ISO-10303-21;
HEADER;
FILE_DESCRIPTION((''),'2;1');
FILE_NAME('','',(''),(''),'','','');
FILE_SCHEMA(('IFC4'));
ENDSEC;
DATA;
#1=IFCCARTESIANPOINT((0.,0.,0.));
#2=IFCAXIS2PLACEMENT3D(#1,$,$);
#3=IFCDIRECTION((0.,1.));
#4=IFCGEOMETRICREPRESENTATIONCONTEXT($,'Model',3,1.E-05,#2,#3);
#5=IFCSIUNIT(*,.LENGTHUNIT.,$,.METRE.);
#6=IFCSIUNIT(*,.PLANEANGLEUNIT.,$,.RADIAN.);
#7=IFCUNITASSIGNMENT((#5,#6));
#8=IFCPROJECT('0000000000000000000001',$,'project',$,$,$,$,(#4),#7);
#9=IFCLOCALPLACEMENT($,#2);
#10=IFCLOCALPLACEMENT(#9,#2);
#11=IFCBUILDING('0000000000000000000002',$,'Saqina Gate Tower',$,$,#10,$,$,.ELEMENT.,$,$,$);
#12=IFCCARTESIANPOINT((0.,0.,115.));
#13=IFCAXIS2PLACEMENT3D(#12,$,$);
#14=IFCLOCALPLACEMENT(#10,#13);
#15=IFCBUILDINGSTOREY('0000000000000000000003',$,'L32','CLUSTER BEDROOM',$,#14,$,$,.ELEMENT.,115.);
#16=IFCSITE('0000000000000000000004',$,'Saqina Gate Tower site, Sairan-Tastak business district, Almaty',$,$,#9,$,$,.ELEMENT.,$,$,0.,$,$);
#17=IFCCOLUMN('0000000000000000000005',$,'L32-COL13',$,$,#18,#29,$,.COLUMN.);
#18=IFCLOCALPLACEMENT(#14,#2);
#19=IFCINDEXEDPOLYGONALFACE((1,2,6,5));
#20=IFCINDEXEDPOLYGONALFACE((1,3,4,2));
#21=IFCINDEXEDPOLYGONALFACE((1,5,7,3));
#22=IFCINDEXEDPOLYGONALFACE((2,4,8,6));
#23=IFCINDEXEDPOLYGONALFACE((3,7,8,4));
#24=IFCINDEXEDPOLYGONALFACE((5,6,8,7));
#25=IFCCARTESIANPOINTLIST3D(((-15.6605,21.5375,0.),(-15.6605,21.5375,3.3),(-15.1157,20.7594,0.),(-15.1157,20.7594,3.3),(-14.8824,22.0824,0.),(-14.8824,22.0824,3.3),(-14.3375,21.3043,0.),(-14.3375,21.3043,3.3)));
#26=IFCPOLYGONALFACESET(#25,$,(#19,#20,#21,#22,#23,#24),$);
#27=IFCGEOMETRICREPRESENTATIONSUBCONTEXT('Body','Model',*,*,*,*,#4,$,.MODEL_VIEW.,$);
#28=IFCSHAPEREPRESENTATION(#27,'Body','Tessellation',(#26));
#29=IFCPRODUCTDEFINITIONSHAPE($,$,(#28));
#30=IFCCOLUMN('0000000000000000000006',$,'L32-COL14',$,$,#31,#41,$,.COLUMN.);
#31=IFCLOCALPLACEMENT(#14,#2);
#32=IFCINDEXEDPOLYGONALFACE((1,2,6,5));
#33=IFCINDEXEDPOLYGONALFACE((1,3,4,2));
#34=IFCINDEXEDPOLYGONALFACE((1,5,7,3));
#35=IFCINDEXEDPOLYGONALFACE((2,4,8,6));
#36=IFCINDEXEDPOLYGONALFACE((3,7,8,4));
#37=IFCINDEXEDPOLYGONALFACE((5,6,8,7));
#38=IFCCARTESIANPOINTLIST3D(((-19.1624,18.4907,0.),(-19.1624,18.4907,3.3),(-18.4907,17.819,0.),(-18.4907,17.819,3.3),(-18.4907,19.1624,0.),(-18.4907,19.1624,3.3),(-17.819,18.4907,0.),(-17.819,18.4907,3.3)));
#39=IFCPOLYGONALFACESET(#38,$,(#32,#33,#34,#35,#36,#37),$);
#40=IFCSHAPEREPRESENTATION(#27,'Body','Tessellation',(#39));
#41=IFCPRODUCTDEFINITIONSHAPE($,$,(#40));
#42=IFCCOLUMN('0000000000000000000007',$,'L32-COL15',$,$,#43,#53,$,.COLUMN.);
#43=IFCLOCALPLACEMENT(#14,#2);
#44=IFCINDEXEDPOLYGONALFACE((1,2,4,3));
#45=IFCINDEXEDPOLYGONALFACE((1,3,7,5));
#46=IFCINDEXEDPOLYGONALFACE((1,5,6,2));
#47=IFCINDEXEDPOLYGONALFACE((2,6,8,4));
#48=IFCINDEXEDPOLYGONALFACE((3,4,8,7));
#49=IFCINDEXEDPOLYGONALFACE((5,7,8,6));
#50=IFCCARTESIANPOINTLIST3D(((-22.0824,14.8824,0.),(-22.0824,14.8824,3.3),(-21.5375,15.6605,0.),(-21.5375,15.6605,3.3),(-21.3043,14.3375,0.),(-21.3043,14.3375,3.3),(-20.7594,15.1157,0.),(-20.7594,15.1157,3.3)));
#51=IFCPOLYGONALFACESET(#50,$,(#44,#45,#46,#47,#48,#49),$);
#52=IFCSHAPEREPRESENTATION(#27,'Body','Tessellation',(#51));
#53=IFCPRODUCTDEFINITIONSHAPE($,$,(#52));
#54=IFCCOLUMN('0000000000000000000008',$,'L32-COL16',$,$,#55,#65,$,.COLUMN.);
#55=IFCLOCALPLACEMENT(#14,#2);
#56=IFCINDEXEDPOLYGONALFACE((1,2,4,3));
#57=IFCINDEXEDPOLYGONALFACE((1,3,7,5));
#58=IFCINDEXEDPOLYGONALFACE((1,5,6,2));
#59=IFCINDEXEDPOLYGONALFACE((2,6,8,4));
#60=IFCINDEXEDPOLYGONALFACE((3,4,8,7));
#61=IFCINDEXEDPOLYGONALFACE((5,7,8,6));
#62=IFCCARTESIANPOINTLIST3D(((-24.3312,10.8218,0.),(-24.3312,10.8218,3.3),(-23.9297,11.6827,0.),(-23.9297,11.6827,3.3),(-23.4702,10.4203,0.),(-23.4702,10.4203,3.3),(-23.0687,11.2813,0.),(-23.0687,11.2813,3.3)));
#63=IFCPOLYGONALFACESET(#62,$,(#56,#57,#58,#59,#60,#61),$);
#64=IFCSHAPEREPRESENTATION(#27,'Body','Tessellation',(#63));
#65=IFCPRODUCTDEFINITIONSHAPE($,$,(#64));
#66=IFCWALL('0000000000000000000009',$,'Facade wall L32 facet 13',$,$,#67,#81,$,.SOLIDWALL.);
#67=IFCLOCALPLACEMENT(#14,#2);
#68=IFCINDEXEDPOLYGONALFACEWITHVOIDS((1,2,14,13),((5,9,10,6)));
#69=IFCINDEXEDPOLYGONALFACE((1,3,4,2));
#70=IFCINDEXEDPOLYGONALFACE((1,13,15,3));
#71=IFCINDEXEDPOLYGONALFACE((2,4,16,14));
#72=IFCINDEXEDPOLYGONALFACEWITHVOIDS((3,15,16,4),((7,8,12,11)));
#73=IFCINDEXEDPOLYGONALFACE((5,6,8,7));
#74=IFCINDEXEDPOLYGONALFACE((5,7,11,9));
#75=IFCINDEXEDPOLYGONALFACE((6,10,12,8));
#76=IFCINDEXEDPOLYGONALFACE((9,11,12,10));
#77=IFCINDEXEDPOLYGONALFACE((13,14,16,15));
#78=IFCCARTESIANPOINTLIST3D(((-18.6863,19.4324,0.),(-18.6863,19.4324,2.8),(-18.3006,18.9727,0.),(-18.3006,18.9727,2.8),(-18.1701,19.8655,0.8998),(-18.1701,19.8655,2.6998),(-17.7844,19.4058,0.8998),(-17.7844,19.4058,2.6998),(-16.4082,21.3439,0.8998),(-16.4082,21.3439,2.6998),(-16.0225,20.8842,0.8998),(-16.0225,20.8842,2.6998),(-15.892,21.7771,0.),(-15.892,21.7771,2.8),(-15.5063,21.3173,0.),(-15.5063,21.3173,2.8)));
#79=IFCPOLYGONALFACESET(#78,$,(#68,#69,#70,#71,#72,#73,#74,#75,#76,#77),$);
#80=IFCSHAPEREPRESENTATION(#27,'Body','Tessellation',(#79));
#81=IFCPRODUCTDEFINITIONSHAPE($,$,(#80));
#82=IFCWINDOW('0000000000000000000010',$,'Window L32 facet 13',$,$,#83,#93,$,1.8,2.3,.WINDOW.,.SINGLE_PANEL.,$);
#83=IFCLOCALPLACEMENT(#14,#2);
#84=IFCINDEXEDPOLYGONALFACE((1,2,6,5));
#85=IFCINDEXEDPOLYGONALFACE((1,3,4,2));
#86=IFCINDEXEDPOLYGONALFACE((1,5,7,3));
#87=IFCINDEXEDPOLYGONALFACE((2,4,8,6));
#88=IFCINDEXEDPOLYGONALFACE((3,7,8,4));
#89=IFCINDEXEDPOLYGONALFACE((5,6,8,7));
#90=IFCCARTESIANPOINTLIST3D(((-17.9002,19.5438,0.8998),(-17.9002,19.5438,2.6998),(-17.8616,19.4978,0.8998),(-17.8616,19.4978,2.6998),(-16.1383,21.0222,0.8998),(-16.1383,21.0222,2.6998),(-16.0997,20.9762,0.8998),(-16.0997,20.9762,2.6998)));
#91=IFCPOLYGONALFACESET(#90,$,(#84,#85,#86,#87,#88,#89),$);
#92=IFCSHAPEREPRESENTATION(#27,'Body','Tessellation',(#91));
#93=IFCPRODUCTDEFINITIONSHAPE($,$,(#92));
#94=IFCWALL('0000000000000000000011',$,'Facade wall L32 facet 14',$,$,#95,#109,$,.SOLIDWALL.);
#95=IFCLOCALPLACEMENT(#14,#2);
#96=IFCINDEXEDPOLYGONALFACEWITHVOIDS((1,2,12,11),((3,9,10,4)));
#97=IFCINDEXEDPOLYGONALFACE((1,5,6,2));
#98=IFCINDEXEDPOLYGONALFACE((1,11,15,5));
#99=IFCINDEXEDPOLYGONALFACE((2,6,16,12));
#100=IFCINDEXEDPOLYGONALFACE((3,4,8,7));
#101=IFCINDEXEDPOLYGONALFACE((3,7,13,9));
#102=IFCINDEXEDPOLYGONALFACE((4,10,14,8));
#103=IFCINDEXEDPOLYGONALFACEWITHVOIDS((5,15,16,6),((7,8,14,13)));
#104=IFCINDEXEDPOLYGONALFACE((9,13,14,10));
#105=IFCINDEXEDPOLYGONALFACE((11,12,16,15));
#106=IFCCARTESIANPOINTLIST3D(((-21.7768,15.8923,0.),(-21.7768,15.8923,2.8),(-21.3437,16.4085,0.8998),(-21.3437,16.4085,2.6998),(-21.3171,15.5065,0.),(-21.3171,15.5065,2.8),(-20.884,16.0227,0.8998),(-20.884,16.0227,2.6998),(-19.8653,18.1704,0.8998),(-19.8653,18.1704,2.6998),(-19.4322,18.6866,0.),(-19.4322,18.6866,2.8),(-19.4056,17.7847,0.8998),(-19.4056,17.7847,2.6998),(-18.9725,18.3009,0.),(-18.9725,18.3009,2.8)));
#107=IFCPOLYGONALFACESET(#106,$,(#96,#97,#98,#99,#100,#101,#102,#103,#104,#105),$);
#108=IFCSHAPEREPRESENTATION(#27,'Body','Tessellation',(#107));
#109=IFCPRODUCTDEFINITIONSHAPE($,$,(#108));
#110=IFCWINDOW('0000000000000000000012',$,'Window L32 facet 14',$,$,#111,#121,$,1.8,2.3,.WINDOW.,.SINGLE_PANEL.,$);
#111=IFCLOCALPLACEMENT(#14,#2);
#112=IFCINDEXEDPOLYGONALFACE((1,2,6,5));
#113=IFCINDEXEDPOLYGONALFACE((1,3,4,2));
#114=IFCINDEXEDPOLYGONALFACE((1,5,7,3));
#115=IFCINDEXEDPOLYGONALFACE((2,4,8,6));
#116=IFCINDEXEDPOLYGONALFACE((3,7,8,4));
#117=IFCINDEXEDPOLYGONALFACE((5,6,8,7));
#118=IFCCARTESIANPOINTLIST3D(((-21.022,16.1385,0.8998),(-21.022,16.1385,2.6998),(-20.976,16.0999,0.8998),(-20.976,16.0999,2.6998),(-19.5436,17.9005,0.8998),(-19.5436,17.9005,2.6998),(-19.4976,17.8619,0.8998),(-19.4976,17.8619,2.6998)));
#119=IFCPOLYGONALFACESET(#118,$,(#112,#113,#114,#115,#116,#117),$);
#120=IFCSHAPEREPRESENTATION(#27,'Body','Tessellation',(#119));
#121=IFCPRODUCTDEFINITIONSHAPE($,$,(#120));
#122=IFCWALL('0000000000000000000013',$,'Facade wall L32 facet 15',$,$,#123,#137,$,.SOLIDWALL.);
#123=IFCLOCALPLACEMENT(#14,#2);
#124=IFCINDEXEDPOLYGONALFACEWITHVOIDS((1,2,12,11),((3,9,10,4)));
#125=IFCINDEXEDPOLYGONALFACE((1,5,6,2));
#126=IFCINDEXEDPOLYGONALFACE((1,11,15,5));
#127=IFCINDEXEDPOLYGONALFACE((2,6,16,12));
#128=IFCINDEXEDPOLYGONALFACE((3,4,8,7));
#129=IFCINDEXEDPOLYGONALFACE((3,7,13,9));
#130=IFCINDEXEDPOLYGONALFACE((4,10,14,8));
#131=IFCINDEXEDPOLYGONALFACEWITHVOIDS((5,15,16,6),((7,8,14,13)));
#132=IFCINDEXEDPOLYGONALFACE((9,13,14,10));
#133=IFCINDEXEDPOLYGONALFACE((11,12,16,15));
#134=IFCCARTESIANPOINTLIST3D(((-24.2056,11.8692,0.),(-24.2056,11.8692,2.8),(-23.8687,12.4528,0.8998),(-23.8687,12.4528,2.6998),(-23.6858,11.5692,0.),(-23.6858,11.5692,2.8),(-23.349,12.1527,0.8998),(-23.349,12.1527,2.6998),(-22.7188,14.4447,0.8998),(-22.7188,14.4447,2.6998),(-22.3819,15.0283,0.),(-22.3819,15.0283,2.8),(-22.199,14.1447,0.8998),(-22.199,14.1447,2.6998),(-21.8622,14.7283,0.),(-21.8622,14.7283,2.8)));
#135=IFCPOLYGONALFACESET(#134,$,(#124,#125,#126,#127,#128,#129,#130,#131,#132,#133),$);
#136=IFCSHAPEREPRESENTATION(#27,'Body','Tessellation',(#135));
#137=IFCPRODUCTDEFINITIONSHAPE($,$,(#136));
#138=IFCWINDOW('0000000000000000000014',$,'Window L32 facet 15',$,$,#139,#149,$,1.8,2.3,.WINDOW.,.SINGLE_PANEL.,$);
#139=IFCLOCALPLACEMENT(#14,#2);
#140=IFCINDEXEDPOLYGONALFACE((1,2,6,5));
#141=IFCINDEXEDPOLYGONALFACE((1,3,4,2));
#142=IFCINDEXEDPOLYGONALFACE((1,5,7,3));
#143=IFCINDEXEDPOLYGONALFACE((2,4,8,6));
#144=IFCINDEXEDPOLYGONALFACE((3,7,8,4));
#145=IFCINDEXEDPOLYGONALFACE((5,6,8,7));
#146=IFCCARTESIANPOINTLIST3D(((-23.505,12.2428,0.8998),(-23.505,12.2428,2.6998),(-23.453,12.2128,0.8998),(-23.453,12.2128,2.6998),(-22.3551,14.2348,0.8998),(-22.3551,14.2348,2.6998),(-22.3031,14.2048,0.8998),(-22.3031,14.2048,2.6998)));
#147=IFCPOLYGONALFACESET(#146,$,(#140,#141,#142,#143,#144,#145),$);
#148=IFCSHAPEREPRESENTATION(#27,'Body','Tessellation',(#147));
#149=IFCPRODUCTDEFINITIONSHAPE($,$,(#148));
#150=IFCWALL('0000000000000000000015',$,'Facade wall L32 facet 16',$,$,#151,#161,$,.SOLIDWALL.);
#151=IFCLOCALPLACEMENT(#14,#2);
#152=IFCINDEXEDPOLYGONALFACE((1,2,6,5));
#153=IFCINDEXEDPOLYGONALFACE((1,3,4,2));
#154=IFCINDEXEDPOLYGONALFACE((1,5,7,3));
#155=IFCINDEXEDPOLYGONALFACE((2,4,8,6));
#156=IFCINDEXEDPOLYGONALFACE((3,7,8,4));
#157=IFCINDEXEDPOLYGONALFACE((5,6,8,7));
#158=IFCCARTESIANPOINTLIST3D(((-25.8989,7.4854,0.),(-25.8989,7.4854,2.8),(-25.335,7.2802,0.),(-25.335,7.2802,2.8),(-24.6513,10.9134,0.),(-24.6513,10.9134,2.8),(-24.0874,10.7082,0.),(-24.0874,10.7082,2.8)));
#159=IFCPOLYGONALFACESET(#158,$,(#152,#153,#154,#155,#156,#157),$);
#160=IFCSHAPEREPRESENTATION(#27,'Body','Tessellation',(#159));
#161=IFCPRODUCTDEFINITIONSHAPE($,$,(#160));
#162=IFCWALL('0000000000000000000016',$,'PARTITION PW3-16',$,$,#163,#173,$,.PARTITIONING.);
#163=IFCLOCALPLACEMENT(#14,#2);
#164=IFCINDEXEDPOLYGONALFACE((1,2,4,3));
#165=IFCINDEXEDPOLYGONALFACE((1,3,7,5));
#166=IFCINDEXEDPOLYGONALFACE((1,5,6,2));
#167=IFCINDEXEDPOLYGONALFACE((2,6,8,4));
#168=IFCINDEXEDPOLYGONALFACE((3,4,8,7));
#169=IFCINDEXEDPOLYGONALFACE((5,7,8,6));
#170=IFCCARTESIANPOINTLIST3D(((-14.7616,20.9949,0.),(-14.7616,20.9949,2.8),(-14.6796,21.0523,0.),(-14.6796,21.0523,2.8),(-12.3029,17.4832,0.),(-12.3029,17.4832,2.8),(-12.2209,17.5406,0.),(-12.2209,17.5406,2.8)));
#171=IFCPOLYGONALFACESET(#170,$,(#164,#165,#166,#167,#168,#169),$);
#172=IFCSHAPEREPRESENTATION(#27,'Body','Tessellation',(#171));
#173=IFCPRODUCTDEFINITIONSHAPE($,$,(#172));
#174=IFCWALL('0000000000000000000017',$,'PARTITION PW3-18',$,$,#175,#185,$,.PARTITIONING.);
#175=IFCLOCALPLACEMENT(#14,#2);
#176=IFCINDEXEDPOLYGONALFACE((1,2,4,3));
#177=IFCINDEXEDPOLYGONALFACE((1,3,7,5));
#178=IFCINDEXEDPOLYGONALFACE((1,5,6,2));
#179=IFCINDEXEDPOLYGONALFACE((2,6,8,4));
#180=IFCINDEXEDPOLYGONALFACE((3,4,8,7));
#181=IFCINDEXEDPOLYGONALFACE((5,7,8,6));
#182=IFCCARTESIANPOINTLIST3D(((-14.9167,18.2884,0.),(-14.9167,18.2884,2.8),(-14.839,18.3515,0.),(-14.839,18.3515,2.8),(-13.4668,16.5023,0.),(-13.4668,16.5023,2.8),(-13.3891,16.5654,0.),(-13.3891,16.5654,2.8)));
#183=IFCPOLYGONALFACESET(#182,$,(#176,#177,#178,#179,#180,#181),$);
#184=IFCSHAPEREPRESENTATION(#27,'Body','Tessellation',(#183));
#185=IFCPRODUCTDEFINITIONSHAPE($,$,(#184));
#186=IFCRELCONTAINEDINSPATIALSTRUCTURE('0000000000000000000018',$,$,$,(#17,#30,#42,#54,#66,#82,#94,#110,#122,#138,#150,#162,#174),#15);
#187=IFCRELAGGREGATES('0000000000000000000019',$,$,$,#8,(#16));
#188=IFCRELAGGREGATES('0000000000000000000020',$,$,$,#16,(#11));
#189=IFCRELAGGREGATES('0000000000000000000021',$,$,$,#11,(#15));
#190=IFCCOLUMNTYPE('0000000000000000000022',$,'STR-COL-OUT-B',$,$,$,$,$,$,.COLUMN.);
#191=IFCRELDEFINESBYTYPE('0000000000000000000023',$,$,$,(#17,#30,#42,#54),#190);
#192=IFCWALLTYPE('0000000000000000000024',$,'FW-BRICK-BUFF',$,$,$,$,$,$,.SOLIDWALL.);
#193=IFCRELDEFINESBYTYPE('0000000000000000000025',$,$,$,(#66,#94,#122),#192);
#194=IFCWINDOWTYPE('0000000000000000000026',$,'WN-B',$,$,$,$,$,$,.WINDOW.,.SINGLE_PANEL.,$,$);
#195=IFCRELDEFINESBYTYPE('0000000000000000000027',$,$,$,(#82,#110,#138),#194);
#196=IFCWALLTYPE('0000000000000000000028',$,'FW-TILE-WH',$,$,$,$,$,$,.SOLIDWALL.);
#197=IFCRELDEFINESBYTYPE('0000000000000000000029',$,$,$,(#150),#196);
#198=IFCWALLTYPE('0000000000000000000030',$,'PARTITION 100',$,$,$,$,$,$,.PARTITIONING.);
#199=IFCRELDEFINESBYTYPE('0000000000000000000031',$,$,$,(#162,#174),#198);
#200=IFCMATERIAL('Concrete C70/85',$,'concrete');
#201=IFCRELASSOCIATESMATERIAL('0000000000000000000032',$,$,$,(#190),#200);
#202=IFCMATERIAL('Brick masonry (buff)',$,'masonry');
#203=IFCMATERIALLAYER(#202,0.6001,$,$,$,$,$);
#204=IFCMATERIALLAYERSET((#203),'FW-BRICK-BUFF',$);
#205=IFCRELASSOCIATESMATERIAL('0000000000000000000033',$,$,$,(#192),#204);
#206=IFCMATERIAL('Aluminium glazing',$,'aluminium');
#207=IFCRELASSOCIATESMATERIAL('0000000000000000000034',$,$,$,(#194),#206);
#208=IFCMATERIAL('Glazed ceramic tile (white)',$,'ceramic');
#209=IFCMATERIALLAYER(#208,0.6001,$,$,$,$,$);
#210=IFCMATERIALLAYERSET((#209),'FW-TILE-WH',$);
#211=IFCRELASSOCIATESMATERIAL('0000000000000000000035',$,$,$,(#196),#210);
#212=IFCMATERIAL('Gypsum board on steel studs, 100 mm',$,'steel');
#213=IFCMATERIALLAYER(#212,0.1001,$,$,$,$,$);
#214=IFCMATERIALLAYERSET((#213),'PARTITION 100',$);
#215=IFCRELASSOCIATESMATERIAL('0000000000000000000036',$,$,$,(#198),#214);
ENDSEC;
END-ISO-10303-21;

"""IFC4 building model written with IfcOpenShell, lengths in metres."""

from ifc_helpers import new_model, si_unit, direction, frame, frame_2d, origin, origin_2d, place, context, subcontext, project, spatial, rectangle, extrude, material, layer, layer_set, material_profile, profile_set, type_object, element, fill, save


model = new_model("IFC4")

# Units and contexts
model_context = context("Model", 3, precision=1e-05, world=origin(), true_north=direction((0.0, 1.0)))
body_context = subcontext(model_context, "Body", "Model", "MODEL_VIEW")
ifc_project = project(units=[si_unit("LENGTHUNIT", "METRE"), si_unit("PLANEANGLEUNIT", "RADIAN")], contexts=[model_context])

# Site, building, storey
site_placement = place(None, origin())
site = spatial("IfcSite", under=ifc_project, at=site_placement, Name="Saqina Gate Tower site, Sairan-Tastak business district, Almaty", CompositionType="ELEMENT", RefElevation=0.0)
building_placement = place(site_placement, origin())
building = spatial("IfcBuilding", under=site, at=building_placement, Name="Saqina Gate Tower", CompositionType="ELEMENT")
storey_placement = place(building_placement, frame((0.0, 0.0, 115.0)))
storey = spatial("IfcBuildingStorey", under=building, at=storey_placement, Name="L32", Description="CLUSTER BEDROOM", CompositionType="ELEMENT", Elevation=115.0)

# Columns
ifc_material_1 = material(Name="Concrete C70/85", Category="concrete")
ifc_material_profile = material_profile(ifc_material_1, rectangle(XDim=0.95, YDim=0.95, at=origin_2d()), Name="RC 950x950")
ifc_profile_set = profile_set([ifc_material_profile], Name="Concrete C70/85")
column_type = type_object("IfcColumnType", Name="STR-COL-OUT-B", PredefinedType="COLUMN", material=ifc_profile_set)
for number, where, z_axis, x_axis, name in (
    (1, (-14.999, 21.4209, 0.0), (0.0, 0.0, 1.0), (-0.573576, 0.819152, 0.0), "L32-COL13"),
    (2, (-18.4907, 18.4907, 0.0), (0.0, 0.0, 1.0), (-0.707107, 0.707107, 0.0), "L32-COL14"),
    (3, (-21.4209, 14.999, 0.0), (0.0, 0.0, 1.0), (-0.819152, 0.573576, 0.0), "L32-COL15"),
    (4, (-23.7, 11.0515, 0.0), (0.0, 0.0, 1.0), (-0.906308, 0.422618, 0.0), "L32-COL16"),
):
    element("IfcColumn", number, at=place(storey_placement, frame(where, z_axis=z_axis, x_axis=x_axis)), inside=storey, type_object=column_type, Name=name, PredefinedType="COLUMN", context=body_context, shape_type="SweptSolid", body=[
        extrude(rectangle(XDim=0.95, YDim=0.95, at=origin_2d()), origin(), (0.0, 0.0, 1.0), 3.3),
    ])

# Walls, openings, windows
ifc_material_2 = material(Name="Brick masonry (buff)", Category="masonry")
ifc_layer_1 = layer(ifc_material_2, 0.6001)
ifc_layer_set_1 = layer_set([ifc_layer_1], Name="FW-BRICK-BUFF")
wall_type_1 = type_object("IfcWallType", Name="FW-BRICK-BUFF", PredefinedType="SOLIDWALL", material=ifc_layer_set_1)
wall_1_placement = place(storey_placement, frame((-15.6992, 21.5471, 0.0), z_axis=(0.0, 0.0, 1.0), x_axis=(-0.766055, -0.642774, 0.0)))
wall_1 = element("IfcWall", 5, at=wall_1_placement, inside=storey, type_object=wall_type_1, Name="Facade wall L32 facet 13", PredefinedType="SOLIDWALL", context=body_context, shape_type="SweptSolid", body=[
    extrude(rectangle(XDim=3.6477, YDim=0.6001, at=frame_2d((1.8237, 0.0))), origin(), (0.0, 0.0, 1.0), 2.8),
])
opening_1_placement = place(wall_1_placement, frame((0.6738, 0.0, 0.8999)))
opening_1 = element("IfcOpeningElement", 6, at=opening_1_placement, cuts=wall_1, PredefinedType="OPENING", context=body_context, shape_type="SweptSolid", body=[
    extrude(rectangle(XDim=2.3, YDim=1.8, at=frame_2d((1.1499, 0.8999))), frame((0.0, 0.312, 0.0), z_axis=(0.0, -1.0, 0.0), x_axis=(1.0, 0.0, 0.0)), (0.0, 0.0, 1.0), 0.624),
])
ifc_material_3 = material(Name="Aluminium glazing", Category="aluminium")
window_type = type_object("IfcWindowType", Name="WN-B", PartitioningType="SINGLE_PANEL", PredefinedType="WINDOW", material=ifc_material_3)
window_1_placement = place(opening_1_placement, origin())
window_1 = element("IfcWindow", 7, at=window_1_placement, inside=storey, type_object=window_type, Name="Window L32 facet 13", OverallHeight=1.8, OverallWidth=2.3, PartitioningType="SINGLE_PANEL", PredefinedType="WINDOW", context=body_context, shape_type="SweptSolid", body=[
    extrude(rectangle(XDim=2.3, YDim=1.8, at=frame_2d((1.1499, 0.8999))), frame((0.0, 0.1799, 0.0), z_axis=(0.0, -1.0, 0.0), x_axis=(1.0, 0.0, 0.0)), (0.0, 0.0, 1.0), 0.0601),
])
fill(opening_1, window_1)
wall_2_placement = place(storey_placement, frame((-19.2024, 18.4937, 0.0), z_axis=(0.0, 0.0, 1.0), x_axis=(-0.642774, -0.766055, 0.0)))
wall_2 = element("IfcWall", 8, at=wall_2_placement, inside=storey, type_object=wall_type_1, Name="Facade wall L32 facet 14", PredefinedType="SOLIDWALL", context=body_context, shape_type="SweptSolid", body=[
    extrude(rectangle(XDim=3.6477, YDim=0.6001, at=frame_2d((1.8237, 0.0))), origin(), (0.0, 0.0, 1.0), 2.8),
])
opening_2_placement = place(wall_2_placement, frame((0.6738, 0.0, 0.8999)))
opening_2 = element("IfcOpeningElement", 9, at=opening_2_placement, cuts=wall_2, PredefinedType="OPENING", context=body_context, shape_type="SweptSolid", body=[
    extrude(rectangle(XDim=2.3, YDim=1.8, at=frame_2d((1.1499, 0.8999))), frame((0.0, 0.312, 0.0), z_axis=(0.0, -1.0, 0.0), x_axis=(1.0, 0.0, 0.0)), (0.0, 0.0, 1.0), 0.624),
])
window_2_placement = place(opening_2_placement, origin())
window_2 = element("IfcWindow", 10, at=window_2_placement, inside=storey, type_object=window_type, Name="Window L32 facet 14", OverallHeight=1.8, OverallWidth=2.3, PartitioningType="SINGLE_PANEL", PredefinedType="WINDOW", context=body_context, shape_type="SweptSolid", body=[
    extrude(rectangle(XDim=2.3, YDim=1.8, at=frame_2d((1.1499, 0.8999))), frame((0.0, 0.1799, 0.0), z_axis=(0.0, -1.0, 0.0), x_axis=(1.0, 0.0, 0.0)), (0.0, 0.0, 1.0), 0.0601),
])
fill(opening_2, window_2)
wall_3_placement = place(storey_placement, frame((-22.1221, 14.8782, 0.0), z_axis=(0.0, 0.0, 1.0), x_axis=(-0.499954, -0.866052, 0.0)))
wall_3 = element("IfcWall", 11, at=wall_3_placement, inside=storey, type_object=wall_type_1, Name="Facade wall L32 facet 15", PredefinedType="SOLIDWALL", context=body_context, shape_type="SweptSolid", body=[
    extrude(rectangle(XDim=3.6477, YDim=0.6001, at=frame_2d((1.8237, 0.0))), origin(), (0.0, 0.0, 1.0), 2.8),
])
opening_3_placement = place(wall_3_placement, frame((0.6738, 0.0, 0.8999)))
opening_3 = element("IfcOpeningElement", 12, at=opening_3_placement, cuts=wall_3, PredefinedType="OPENING", context=body_context, shape_type="SweptSolid", body=[
    extrude(rectangle(XDim=2.3, YDim=1.8, at=frame_2d((1.1499, 0.8999))), frame((0.0, 0.312, 0.0), z_axis=(0.0, -1.0, 0.0), x_axis=(1.0, 0.0, 0.0)), (0.0, 0.0, 1.0), 0.624),
])
window_3_placement = place(opening_3_placement, origin())
window_3 = element("IfcWindow", 13, at=window_3_placement, inside=storey, type_object=window_type, Name="Window L32 facet 15", OverallHeight=1.8, OverallWidth=2.3, PartitioningType="SINGLE_PANEL", PredefinedType="WINDOW", context=body_context, shape_type="SweptSolid", body=[
    extrude(rectangle(XDim=2.3, YDim=1.8, at=frame_2d((1.1499, 0.8999))), frame((0.0, 0.1799, 0.0), z_axis=(0.0, -1.0, 0.0), x_axis=(1.0, 0.0, 0.0)), (0.0, 0.0, 1.0), 0.0601),
])
fill(opening_3, window_3)

# Walls
ifc_material_4 = material(Name="Glazed ceramic tile (white)", Category="ceramic")
ifc_layer_2 = layer(ifc_material_4, 0.6001)
ifc_layer_set_2 = layer_set([ifc_layer_2], Name="FW-TILE-WH")
wall_type_2 = type_object("IfcWallType", Name="FW-TILE-WH", PredefinedType="SOLIDWALL", material=ifc_layer_set_2)
wall_4_placement = place(storey_placement, frame((-24.3694, 10.8108, 0.0), z_axis=(0.0, 0.0, 1.0), x_axis=(-0.34199, -0.939704, 0.0)))
element("IfcWall", 14, at=wall_4_placement, inside=storey, type_object=wall_type_2, Name="Facade wall L32 facet 16", PredefinedType="SOLIDWALL", context=body_context, shape_type="SweptSolid", body=[
    extrude(rectangle(XDim=3.6479, YDim=0.6001, at=frame_2d((1.824, 0.0))), origin(), (0.0, 0.0, 1.0), 2.8),
])
ifc_material_5 = material(Name="Gypsum board on steel studs, 100 mm", Category="steel")
ifc_layer_3 = layer(ifc_material_5, 0.1001)
ifc_layer_set_3 = layer_set([ifc_layer_3], Name="PARTITION 100")
wall_type_3 = type_object("IfcWallType", Name="PARTITION 100", PredefinedType="PARTITIONING", material=ifc_layer_set_3)
wall_5_placement = place(storey_placement, frame((-14.7207, 21.0237, 0.0), z_axis=(0.0, 0.0, 1.0), x_axis=(0.573546, -0.819173, 0.0)))
element("IfcWall", 15, at=wall_5_placement, inside=storey, type_object=wall_type_3, Name="PARTITION PW3-16", PredefinedType="PARTITIONING", context=body_context, shape_type="SweptSolid", body=[
    extrude(rectangle(XDim=4.2869, YDim=0.1001, at=frame_2d((2.1436, 0.0))), origin(), (0.0, 0.0, 1.0), 2.8),
])
wall_6_placement = place(storey_placement, frame((-14.8779, 18.3201, 0.0), z_axis=(0.0, 0.0, 1.0), x_axis=(0.630257, -0.776387, 0.0)))
element("IfcWall", 16, at=wall_6_placement, inside=storey, type_object=wall_type_3, Name="PARTITION PW3-18", PredefinedType="PARTITIONING", context=body_context, shape_type="SweptSolid", body=[
    extrude(rectangle(XDim=2.3005, YDim=0.1001, at=frame_2d((1.1504, 0.0))), origin(), (0.0, 0.0, 1.0), 2.8),
])

save(model, "model.ifc")
